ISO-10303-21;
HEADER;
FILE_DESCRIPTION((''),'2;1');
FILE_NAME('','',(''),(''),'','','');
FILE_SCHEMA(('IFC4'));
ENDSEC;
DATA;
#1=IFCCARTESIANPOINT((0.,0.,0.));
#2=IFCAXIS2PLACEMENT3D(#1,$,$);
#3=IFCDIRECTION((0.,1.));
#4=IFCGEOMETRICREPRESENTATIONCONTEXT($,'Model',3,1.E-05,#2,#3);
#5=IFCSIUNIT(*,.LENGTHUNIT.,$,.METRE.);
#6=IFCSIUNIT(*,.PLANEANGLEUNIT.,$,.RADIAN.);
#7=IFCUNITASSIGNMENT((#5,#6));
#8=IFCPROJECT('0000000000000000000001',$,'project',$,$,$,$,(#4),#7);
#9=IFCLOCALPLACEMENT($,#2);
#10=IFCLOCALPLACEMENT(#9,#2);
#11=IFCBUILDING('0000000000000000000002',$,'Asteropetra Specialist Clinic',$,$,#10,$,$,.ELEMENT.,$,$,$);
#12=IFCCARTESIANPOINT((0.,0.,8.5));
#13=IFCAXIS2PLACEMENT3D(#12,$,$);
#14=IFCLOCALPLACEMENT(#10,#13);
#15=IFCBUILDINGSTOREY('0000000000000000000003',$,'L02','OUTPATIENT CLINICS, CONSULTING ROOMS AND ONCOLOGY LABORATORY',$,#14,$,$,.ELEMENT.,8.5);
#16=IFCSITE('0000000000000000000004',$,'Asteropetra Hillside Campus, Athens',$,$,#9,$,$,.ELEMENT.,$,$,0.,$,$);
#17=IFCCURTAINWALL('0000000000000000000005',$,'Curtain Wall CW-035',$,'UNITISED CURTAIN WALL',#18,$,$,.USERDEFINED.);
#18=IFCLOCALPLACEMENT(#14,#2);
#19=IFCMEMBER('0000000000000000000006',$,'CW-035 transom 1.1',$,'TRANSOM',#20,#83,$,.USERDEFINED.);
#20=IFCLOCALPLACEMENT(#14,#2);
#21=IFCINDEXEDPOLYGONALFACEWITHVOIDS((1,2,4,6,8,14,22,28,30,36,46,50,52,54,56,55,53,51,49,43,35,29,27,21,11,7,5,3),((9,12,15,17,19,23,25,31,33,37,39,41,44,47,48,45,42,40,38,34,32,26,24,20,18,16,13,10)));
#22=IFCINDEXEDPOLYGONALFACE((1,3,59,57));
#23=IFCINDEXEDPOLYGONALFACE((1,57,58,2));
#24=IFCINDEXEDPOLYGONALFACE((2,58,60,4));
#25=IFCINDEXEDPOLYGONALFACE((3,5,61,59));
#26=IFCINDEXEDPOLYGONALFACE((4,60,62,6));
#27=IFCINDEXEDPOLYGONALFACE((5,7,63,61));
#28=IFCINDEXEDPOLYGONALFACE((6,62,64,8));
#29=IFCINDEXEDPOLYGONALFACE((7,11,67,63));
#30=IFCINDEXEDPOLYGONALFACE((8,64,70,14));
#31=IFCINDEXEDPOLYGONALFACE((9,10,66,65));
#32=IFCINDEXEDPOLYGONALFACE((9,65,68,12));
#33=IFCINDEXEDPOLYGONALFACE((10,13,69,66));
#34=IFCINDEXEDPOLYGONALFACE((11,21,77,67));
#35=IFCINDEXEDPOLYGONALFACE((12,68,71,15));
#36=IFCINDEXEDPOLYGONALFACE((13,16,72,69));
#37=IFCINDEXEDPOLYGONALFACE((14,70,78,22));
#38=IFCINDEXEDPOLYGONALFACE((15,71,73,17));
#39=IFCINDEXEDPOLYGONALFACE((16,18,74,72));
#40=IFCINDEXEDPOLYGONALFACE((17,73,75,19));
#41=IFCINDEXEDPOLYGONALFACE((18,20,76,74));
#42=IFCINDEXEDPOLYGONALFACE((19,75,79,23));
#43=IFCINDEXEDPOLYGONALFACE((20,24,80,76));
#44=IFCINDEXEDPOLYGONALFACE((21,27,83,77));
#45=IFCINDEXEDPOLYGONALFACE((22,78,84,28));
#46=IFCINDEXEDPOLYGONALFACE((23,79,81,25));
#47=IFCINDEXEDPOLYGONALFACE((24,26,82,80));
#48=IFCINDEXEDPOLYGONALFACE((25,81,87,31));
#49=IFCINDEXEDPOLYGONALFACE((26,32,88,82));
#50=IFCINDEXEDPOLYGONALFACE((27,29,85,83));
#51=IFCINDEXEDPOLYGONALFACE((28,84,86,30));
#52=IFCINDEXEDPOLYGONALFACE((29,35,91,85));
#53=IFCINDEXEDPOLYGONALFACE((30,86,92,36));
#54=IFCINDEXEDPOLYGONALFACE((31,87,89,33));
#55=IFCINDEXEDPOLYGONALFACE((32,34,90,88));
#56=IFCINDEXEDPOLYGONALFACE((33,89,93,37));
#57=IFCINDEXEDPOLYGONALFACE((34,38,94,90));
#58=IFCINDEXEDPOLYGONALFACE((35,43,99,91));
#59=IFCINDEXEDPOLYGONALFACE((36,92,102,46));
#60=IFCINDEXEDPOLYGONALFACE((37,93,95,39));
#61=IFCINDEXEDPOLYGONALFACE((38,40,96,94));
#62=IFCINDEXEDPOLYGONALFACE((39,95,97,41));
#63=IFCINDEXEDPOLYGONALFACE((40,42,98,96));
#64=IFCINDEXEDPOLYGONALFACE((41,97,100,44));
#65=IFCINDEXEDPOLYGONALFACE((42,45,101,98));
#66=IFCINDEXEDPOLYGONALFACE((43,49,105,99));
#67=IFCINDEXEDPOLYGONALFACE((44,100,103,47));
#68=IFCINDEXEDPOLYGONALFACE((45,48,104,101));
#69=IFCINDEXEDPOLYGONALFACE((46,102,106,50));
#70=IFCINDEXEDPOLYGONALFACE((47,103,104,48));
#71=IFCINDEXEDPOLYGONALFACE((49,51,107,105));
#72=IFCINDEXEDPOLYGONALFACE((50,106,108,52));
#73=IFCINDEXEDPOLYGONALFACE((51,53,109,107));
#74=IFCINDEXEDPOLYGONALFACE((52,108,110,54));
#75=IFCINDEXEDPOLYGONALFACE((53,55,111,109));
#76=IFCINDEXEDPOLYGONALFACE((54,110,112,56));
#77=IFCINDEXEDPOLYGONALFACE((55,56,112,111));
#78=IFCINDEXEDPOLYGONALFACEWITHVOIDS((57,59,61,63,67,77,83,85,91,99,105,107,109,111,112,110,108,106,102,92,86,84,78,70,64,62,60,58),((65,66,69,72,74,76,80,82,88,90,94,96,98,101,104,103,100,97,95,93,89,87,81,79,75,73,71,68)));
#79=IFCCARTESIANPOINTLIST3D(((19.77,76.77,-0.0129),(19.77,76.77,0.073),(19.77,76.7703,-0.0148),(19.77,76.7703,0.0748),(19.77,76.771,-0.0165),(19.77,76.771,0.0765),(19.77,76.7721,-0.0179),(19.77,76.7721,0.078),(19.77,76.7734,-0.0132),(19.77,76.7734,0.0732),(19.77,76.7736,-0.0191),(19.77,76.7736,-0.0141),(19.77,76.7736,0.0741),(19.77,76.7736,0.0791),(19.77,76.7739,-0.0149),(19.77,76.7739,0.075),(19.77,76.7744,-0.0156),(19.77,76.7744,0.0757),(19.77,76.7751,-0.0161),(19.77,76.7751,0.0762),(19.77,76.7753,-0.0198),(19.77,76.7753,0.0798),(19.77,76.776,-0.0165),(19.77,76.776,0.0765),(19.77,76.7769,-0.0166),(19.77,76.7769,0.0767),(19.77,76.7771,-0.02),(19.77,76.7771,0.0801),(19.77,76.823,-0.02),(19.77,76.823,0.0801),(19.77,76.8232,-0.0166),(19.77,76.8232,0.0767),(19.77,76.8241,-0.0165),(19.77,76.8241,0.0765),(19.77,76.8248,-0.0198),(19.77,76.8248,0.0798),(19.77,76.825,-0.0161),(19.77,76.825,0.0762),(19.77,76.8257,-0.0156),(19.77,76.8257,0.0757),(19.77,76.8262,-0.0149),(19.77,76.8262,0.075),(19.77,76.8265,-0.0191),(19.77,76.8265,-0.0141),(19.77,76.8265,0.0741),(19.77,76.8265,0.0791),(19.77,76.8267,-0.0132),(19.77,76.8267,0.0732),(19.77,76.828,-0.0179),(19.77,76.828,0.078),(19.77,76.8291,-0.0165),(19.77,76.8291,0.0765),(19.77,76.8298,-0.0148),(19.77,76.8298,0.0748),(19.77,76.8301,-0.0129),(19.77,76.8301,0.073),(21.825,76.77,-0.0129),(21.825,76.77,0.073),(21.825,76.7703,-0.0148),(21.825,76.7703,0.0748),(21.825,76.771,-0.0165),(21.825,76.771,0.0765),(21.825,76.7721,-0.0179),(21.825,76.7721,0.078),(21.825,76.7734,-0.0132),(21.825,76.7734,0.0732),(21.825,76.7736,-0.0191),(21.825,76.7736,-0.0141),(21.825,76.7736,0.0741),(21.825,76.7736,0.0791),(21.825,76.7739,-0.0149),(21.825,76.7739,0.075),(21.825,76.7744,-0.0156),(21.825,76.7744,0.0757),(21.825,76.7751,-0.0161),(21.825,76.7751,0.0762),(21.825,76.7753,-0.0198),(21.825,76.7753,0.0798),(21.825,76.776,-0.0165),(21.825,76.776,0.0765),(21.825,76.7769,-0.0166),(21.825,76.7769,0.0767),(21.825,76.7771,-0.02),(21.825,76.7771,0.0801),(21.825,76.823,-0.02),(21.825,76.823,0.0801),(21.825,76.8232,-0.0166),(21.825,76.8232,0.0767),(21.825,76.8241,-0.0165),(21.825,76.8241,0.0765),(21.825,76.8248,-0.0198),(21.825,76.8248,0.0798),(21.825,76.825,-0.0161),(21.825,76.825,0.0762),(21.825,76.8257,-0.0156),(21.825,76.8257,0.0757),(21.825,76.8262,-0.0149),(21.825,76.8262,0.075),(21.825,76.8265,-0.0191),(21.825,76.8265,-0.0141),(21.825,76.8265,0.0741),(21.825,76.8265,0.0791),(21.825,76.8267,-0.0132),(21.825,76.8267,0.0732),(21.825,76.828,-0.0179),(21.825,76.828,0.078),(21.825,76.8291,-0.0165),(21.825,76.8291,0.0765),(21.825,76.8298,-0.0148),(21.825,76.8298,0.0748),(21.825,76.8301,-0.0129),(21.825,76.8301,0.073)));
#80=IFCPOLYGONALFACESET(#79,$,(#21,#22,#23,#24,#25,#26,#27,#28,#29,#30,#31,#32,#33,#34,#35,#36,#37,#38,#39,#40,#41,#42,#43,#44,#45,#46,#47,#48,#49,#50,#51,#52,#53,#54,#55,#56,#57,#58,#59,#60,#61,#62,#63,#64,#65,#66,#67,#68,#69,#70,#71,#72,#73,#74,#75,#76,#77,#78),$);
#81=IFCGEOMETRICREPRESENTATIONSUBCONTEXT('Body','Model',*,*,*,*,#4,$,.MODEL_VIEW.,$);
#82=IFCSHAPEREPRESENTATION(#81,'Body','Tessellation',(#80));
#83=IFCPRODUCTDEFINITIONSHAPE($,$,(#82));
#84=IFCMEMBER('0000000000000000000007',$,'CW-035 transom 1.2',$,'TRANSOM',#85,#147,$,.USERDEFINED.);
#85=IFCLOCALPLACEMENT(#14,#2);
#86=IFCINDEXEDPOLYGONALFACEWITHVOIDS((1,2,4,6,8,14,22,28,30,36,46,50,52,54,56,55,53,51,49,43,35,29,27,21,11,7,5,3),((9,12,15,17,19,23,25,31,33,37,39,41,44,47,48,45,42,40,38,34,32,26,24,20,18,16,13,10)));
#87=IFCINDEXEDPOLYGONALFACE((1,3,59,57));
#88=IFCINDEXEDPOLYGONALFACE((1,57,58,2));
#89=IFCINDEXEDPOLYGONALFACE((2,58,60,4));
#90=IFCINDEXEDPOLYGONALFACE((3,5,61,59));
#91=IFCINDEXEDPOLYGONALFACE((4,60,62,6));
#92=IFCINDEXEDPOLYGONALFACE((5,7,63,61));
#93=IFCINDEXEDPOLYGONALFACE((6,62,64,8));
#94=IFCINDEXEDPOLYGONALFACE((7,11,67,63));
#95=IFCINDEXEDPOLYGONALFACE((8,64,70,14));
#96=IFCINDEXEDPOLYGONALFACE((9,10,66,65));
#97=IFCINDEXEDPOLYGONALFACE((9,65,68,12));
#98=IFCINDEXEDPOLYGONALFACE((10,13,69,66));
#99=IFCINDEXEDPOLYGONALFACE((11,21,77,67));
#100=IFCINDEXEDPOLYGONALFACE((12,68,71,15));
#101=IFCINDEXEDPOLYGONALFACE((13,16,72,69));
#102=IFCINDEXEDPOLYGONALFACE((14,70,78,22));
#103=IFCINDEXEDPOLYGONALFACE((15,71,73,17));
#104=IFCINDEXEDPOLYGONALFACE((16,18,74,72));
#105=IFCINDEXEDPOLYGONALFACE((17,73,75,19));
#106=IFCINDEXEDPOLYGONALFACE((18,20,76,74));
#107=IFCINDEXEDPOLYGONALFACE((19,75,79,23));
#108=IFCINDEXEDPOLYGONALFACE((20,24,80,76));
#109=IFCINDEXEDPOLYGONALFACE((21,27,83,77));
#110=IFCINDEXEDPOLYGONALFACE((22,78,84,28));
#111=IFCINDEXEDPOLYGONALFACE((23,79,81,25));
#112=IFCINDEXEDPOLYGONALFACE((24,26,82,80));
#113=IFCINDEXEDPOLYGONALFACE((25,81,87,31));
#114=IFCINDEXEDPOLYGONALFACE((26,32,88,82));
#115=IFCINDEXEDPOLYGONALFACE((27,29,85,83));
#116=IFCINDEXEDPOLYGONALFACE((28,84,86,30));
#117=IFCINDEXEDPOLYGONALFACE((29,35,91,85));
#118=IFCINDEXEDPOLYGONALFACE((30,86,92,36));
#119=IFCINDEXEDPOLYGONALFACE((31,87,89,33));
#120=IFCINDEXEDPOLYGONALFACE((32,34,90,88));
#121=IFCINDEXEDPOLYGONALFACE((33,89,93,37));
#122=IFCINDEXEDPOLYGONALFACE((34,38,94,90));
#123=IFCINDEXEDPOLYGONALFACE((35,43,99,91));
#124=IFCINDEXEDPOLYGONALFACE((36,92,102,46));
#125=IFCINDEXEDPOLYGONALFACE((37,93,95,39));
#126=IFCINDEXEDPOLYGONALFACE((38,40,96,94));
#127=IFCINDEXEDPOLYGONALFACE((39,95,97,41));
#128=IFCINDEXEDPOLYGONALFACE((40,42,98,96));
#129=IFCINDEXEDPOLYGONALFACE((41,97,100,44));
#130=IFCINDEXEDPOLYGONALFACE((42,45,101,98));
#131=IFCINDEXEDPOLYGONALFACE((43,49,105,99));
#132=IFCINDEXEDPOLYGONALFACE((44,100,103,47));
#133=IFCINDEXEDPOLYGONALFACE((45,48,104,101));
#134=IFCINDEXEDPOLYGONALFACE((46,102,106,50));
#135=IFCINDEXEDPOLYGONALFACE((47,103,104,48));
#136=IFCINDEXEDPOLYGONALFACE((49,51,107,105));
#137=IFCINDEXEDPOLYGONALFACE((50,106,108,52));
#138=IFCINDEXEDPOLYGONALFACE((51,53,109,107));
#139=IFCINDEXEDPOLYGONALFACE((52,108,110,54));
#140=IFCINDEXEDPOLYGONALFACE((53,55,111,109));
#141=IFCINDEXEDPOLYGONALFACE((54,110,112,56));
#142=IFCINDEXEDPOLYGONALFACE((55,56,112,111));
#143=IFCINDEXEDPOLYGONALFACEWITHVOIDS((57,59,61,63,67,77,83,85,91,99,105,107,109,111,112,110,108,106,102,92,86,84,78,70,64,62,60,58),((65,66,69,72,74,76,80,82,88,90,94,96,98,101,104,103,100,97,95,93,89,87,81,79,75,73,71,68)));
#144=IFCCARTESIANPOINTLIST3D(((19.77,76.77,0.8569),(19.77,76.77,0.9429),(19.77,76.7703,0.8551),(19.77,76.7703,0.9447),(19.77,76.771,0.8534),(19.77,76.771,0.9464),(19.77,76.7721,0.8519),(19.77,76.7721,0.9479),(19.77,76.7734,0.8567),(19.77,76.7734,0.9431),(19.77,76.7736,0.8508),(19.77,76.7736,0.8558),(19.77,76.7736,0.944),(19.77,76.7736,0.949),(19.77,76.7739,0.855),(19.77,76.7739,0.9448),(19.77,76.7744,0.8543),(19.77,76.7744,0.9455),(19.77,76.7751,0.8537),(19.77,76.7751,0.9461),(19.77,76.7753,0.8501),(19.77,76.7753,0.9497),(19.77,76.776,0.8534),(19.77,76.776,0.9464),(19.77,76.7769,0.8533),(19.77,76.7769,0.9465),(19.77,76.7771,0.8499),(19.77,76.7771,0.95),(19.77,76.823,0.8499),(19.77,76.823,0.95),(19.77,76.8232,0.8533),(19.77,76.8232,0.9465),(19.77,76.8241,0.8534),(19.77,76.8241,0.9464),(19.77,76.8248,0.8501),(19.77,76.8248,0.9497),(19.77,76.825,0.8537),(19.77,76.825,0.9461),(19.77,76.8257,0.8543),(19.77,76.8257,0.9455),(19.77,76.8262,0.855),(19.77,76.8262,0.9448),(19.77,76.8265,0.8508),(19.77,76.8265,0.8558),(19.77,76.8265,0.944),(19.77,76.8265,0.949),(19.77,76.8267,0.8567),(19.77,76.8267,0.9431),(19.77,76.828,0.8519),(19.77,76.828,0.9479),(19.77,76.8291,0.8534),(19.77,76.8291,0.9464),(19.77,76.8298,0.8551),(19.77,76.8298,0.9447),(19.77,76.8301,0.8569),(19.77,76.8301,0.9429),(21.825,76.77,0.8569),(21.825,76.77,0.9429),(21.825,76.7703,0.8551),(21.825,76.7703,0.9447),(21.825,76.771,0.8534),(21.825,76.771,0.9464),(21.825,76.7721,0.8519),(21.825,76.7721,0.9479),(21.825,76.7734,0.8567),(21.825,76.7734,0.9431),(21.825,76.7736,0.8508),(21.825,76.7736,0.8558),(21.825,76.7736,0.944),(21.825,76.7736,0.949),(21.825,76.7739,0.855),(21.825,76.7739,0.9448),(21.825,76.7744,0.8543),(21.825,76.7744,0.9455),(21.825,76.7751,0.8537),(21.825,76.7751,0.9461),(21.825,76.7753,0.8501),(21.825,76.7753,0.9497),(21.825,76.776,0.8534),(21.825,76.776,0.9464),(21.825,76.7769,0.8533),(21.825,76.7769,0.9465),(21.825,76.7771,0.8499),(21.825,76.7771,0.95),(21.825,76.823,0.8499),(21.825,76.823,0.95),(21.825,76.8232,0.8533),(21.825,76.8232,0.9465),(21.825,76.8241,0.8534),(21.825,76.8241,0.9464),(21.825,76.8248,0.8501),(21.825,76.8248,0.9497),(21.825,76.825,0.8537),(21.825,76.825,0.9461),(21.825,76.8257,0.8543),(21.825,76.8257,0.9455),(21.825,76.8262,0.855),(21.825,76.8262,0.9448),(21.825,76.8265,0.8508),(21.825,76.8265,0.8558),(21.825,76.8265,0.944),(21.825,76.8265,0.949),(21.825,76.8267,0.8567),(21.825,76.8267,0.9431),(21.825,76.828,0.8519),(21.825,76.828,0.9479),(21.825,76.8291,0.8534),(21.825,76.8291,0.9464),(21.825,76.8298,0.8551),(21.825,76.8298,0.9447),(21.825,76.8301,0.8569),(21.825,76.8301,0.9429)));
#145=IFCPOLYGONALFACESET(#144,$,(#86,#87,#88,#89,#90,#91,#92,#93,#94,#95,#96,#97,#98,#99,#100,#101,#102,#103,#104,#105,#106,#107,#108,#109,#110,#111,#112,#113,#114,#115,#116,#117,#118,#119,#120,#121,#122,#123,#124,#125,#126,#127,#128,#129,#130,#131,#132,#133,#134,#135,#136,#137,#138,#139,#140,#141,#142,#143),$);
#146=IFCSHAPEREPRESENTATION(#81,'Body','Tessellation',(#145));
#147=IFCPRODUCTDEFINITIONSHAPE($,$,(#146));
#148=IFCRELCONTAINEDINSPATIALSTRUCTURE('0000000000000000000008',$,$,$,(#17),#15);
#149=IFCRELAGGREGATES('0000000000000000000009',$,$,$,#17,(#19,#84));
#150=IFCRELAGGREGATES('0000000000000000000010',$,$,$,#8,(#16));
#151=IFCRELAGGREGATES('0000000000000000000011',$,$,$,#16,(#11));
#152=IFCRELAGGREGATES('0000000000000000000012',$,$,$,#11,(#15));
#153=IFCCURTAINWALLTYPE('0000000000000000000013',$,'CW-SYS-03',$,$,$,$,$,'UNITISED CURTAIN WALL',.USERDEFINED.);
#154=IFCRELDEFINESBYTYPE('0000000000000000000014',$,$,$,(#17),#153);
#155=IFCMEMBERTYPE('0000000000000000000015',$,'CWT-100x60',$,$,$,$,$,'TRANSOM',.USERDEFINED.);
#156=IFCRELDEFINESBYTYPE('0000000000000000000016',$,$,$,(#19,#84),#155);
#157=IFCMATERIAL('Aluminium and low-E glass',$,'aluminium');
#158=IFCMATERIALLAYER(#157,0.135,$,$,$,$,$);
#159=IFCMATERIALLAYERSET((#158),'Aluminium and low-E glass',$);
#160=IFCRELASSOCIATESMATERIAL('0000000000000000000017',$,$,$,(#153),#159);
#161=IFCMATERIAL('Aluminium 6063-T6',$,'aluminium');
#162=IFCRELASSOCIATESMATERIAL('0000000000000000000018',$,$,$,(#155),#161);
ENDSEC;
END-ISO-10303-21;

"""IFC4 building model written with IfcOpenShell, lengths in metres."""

from ifc_helpers import new_model, si_unit, direction, frame, origin, origin_2d, place, context, subcontext, project, spatial, hollow_rectangle, extrude, material, layer, layer_set, material_profile, profile_set, type_object, element, aggregate, save


model = new_model("IFC4")

# Units and contexts
model_context = context("Model", 3, precision=1e-05, world=origin(), true_north=direction((0.0, 1.0)))
body_context = subcontext(model_context, "Body", "Model", "MODEL_VIEW")
ifc_project = project(units=[si_unit("LENGTHUNIT", "METRE"), si_unit("PLANEANGLEUNIT", "RADIAN")], contexts=[model_context])

# Site, building, storey
site_placement = place(None, origin())
site = spatial("IfcSite", under=ifc_project, at=site_placement, Name="Asteropetra Hillside Campus, Athens", CompositionType="ELEMENT", RefElevation=0.0)
building_placement = place(site_placement, origin())
building = spatial("IfcBuilding", under=site, at=building_placement, Name="Asteropetra Specialist Clinic", CompositionType="ELEMENT")
storey_placement = place(building_placement, frame((0.0, 0.0, 8.5)))
storey = spatial("IfcBuildingStorey", under=building, at=storey_placement, Name="L02", Description="OUTPATIENT CLINICS, CONSULTING ROOMS AND ONCOLOGY LABORATORY", CompositionType="ELEMENT", Elevation=8.5)

# Curtain wall
ifc_material_1 = material(Name="Aluminium and low-E glass", Category="aluminium")
ifc_layer_1 = layer(ifc_material_1, 0.135)
ifc_layer_set_1 = layer_set([ifc_layer_1], Name="Aluminium and low-E glass")
curtain_wall_type_1 = type_object("IfcCurtainWallType", Name="CW-SYS-03", ElementType="UNITISED CURTAIN WALL", PredefinedType="USERDEFINED", material=ifc_layer_set_1)
curtain_wall_1_placement = place(storey_placement, origin())
curtain_wall_1 = element("IfcCurtainWall", 1, at=curtain_wall_1_placement, inside=storey, type_object=curtain_wall_type_1, Name="Curtain Wall CW-035", ObjectType="UNITISED CURTAIN WALL", PredefinedType="USERDEFINED")

# Members
ifc_material_2 = material(Name="Aluminium 6063-T6", Category="aluminium")
ifc_material_profile_1 = material_profile(ifc_material_2, hollow_rectangle(XDim=0.0601, YDim=0.1001, WallThickness=0.0034, InnerFilletRadius=0.0034, OuterFilletRadius=0.0071, at=origin_2d()), Name="TRN 100x60x3.5")
ifc_profile_set_1 = profile_set([ifc_material_profile_1], Name="Aluminium 6063-T6")
member_type_1 = type_object("IfcMemberType", Name="CWT-100x60", ElementType="TRANSOM", PredefinedType="USERDEFINED", material=ifc_profile_set_1)
member_1_placement = place(storey_placement, frame((19.77, 76.8, 0.03), z_axis=(1.0, 0.0, 0.0), x_axis=(0.0, 1.0, 0.0)))
member_1 = element("IfcMember", 2, at=member_1_placement, type_object=member_type_1, Name="CW-035 transom 1.1", ObjectType="TRANSOM", PredefinedType="USERDEFINED", context=body_context, shape_type="SweptSolid", body=[
    extrude(hollow_rectangle(XDim=0.0601, YDim=0.1001, WallThickness=0.0034, InnerFilletRadius=0.0034, OuterFilletRadius=0.0071, at=origin_2d()), origin(), (0.0, 0.0, 1.0), 2.0549),
])
member_2_placement = place(storey_placement, frame((19.77, 76.8, 0.8999), z_axis=(1.0, 0.0, 0.0), x_axis=(0.0, 1.0, 0.0)))
member_2 = element("IfcMember", 3, at=member_2_placement, type_object=member_type_1, Name="CW-035 transom 1.2", ObjectType="TRANSOM", PredefinedType="USERDEFINED", context=body_context, shape_type="SweptSolid", body=[
    extrude(hollow_rectangle(XDim=0.0601, YDim=0.1001, WallThickness=0.0034, InnerFilletRadius=0.0034, OuterFilletRadius=0.0071, at=origin_2d()), origin(), (0.0, 0.0, 1.0), 2.0549),
])

aggregate(curtain_wall_1, [member_1, member_2])

save(model, "model.ifc")
